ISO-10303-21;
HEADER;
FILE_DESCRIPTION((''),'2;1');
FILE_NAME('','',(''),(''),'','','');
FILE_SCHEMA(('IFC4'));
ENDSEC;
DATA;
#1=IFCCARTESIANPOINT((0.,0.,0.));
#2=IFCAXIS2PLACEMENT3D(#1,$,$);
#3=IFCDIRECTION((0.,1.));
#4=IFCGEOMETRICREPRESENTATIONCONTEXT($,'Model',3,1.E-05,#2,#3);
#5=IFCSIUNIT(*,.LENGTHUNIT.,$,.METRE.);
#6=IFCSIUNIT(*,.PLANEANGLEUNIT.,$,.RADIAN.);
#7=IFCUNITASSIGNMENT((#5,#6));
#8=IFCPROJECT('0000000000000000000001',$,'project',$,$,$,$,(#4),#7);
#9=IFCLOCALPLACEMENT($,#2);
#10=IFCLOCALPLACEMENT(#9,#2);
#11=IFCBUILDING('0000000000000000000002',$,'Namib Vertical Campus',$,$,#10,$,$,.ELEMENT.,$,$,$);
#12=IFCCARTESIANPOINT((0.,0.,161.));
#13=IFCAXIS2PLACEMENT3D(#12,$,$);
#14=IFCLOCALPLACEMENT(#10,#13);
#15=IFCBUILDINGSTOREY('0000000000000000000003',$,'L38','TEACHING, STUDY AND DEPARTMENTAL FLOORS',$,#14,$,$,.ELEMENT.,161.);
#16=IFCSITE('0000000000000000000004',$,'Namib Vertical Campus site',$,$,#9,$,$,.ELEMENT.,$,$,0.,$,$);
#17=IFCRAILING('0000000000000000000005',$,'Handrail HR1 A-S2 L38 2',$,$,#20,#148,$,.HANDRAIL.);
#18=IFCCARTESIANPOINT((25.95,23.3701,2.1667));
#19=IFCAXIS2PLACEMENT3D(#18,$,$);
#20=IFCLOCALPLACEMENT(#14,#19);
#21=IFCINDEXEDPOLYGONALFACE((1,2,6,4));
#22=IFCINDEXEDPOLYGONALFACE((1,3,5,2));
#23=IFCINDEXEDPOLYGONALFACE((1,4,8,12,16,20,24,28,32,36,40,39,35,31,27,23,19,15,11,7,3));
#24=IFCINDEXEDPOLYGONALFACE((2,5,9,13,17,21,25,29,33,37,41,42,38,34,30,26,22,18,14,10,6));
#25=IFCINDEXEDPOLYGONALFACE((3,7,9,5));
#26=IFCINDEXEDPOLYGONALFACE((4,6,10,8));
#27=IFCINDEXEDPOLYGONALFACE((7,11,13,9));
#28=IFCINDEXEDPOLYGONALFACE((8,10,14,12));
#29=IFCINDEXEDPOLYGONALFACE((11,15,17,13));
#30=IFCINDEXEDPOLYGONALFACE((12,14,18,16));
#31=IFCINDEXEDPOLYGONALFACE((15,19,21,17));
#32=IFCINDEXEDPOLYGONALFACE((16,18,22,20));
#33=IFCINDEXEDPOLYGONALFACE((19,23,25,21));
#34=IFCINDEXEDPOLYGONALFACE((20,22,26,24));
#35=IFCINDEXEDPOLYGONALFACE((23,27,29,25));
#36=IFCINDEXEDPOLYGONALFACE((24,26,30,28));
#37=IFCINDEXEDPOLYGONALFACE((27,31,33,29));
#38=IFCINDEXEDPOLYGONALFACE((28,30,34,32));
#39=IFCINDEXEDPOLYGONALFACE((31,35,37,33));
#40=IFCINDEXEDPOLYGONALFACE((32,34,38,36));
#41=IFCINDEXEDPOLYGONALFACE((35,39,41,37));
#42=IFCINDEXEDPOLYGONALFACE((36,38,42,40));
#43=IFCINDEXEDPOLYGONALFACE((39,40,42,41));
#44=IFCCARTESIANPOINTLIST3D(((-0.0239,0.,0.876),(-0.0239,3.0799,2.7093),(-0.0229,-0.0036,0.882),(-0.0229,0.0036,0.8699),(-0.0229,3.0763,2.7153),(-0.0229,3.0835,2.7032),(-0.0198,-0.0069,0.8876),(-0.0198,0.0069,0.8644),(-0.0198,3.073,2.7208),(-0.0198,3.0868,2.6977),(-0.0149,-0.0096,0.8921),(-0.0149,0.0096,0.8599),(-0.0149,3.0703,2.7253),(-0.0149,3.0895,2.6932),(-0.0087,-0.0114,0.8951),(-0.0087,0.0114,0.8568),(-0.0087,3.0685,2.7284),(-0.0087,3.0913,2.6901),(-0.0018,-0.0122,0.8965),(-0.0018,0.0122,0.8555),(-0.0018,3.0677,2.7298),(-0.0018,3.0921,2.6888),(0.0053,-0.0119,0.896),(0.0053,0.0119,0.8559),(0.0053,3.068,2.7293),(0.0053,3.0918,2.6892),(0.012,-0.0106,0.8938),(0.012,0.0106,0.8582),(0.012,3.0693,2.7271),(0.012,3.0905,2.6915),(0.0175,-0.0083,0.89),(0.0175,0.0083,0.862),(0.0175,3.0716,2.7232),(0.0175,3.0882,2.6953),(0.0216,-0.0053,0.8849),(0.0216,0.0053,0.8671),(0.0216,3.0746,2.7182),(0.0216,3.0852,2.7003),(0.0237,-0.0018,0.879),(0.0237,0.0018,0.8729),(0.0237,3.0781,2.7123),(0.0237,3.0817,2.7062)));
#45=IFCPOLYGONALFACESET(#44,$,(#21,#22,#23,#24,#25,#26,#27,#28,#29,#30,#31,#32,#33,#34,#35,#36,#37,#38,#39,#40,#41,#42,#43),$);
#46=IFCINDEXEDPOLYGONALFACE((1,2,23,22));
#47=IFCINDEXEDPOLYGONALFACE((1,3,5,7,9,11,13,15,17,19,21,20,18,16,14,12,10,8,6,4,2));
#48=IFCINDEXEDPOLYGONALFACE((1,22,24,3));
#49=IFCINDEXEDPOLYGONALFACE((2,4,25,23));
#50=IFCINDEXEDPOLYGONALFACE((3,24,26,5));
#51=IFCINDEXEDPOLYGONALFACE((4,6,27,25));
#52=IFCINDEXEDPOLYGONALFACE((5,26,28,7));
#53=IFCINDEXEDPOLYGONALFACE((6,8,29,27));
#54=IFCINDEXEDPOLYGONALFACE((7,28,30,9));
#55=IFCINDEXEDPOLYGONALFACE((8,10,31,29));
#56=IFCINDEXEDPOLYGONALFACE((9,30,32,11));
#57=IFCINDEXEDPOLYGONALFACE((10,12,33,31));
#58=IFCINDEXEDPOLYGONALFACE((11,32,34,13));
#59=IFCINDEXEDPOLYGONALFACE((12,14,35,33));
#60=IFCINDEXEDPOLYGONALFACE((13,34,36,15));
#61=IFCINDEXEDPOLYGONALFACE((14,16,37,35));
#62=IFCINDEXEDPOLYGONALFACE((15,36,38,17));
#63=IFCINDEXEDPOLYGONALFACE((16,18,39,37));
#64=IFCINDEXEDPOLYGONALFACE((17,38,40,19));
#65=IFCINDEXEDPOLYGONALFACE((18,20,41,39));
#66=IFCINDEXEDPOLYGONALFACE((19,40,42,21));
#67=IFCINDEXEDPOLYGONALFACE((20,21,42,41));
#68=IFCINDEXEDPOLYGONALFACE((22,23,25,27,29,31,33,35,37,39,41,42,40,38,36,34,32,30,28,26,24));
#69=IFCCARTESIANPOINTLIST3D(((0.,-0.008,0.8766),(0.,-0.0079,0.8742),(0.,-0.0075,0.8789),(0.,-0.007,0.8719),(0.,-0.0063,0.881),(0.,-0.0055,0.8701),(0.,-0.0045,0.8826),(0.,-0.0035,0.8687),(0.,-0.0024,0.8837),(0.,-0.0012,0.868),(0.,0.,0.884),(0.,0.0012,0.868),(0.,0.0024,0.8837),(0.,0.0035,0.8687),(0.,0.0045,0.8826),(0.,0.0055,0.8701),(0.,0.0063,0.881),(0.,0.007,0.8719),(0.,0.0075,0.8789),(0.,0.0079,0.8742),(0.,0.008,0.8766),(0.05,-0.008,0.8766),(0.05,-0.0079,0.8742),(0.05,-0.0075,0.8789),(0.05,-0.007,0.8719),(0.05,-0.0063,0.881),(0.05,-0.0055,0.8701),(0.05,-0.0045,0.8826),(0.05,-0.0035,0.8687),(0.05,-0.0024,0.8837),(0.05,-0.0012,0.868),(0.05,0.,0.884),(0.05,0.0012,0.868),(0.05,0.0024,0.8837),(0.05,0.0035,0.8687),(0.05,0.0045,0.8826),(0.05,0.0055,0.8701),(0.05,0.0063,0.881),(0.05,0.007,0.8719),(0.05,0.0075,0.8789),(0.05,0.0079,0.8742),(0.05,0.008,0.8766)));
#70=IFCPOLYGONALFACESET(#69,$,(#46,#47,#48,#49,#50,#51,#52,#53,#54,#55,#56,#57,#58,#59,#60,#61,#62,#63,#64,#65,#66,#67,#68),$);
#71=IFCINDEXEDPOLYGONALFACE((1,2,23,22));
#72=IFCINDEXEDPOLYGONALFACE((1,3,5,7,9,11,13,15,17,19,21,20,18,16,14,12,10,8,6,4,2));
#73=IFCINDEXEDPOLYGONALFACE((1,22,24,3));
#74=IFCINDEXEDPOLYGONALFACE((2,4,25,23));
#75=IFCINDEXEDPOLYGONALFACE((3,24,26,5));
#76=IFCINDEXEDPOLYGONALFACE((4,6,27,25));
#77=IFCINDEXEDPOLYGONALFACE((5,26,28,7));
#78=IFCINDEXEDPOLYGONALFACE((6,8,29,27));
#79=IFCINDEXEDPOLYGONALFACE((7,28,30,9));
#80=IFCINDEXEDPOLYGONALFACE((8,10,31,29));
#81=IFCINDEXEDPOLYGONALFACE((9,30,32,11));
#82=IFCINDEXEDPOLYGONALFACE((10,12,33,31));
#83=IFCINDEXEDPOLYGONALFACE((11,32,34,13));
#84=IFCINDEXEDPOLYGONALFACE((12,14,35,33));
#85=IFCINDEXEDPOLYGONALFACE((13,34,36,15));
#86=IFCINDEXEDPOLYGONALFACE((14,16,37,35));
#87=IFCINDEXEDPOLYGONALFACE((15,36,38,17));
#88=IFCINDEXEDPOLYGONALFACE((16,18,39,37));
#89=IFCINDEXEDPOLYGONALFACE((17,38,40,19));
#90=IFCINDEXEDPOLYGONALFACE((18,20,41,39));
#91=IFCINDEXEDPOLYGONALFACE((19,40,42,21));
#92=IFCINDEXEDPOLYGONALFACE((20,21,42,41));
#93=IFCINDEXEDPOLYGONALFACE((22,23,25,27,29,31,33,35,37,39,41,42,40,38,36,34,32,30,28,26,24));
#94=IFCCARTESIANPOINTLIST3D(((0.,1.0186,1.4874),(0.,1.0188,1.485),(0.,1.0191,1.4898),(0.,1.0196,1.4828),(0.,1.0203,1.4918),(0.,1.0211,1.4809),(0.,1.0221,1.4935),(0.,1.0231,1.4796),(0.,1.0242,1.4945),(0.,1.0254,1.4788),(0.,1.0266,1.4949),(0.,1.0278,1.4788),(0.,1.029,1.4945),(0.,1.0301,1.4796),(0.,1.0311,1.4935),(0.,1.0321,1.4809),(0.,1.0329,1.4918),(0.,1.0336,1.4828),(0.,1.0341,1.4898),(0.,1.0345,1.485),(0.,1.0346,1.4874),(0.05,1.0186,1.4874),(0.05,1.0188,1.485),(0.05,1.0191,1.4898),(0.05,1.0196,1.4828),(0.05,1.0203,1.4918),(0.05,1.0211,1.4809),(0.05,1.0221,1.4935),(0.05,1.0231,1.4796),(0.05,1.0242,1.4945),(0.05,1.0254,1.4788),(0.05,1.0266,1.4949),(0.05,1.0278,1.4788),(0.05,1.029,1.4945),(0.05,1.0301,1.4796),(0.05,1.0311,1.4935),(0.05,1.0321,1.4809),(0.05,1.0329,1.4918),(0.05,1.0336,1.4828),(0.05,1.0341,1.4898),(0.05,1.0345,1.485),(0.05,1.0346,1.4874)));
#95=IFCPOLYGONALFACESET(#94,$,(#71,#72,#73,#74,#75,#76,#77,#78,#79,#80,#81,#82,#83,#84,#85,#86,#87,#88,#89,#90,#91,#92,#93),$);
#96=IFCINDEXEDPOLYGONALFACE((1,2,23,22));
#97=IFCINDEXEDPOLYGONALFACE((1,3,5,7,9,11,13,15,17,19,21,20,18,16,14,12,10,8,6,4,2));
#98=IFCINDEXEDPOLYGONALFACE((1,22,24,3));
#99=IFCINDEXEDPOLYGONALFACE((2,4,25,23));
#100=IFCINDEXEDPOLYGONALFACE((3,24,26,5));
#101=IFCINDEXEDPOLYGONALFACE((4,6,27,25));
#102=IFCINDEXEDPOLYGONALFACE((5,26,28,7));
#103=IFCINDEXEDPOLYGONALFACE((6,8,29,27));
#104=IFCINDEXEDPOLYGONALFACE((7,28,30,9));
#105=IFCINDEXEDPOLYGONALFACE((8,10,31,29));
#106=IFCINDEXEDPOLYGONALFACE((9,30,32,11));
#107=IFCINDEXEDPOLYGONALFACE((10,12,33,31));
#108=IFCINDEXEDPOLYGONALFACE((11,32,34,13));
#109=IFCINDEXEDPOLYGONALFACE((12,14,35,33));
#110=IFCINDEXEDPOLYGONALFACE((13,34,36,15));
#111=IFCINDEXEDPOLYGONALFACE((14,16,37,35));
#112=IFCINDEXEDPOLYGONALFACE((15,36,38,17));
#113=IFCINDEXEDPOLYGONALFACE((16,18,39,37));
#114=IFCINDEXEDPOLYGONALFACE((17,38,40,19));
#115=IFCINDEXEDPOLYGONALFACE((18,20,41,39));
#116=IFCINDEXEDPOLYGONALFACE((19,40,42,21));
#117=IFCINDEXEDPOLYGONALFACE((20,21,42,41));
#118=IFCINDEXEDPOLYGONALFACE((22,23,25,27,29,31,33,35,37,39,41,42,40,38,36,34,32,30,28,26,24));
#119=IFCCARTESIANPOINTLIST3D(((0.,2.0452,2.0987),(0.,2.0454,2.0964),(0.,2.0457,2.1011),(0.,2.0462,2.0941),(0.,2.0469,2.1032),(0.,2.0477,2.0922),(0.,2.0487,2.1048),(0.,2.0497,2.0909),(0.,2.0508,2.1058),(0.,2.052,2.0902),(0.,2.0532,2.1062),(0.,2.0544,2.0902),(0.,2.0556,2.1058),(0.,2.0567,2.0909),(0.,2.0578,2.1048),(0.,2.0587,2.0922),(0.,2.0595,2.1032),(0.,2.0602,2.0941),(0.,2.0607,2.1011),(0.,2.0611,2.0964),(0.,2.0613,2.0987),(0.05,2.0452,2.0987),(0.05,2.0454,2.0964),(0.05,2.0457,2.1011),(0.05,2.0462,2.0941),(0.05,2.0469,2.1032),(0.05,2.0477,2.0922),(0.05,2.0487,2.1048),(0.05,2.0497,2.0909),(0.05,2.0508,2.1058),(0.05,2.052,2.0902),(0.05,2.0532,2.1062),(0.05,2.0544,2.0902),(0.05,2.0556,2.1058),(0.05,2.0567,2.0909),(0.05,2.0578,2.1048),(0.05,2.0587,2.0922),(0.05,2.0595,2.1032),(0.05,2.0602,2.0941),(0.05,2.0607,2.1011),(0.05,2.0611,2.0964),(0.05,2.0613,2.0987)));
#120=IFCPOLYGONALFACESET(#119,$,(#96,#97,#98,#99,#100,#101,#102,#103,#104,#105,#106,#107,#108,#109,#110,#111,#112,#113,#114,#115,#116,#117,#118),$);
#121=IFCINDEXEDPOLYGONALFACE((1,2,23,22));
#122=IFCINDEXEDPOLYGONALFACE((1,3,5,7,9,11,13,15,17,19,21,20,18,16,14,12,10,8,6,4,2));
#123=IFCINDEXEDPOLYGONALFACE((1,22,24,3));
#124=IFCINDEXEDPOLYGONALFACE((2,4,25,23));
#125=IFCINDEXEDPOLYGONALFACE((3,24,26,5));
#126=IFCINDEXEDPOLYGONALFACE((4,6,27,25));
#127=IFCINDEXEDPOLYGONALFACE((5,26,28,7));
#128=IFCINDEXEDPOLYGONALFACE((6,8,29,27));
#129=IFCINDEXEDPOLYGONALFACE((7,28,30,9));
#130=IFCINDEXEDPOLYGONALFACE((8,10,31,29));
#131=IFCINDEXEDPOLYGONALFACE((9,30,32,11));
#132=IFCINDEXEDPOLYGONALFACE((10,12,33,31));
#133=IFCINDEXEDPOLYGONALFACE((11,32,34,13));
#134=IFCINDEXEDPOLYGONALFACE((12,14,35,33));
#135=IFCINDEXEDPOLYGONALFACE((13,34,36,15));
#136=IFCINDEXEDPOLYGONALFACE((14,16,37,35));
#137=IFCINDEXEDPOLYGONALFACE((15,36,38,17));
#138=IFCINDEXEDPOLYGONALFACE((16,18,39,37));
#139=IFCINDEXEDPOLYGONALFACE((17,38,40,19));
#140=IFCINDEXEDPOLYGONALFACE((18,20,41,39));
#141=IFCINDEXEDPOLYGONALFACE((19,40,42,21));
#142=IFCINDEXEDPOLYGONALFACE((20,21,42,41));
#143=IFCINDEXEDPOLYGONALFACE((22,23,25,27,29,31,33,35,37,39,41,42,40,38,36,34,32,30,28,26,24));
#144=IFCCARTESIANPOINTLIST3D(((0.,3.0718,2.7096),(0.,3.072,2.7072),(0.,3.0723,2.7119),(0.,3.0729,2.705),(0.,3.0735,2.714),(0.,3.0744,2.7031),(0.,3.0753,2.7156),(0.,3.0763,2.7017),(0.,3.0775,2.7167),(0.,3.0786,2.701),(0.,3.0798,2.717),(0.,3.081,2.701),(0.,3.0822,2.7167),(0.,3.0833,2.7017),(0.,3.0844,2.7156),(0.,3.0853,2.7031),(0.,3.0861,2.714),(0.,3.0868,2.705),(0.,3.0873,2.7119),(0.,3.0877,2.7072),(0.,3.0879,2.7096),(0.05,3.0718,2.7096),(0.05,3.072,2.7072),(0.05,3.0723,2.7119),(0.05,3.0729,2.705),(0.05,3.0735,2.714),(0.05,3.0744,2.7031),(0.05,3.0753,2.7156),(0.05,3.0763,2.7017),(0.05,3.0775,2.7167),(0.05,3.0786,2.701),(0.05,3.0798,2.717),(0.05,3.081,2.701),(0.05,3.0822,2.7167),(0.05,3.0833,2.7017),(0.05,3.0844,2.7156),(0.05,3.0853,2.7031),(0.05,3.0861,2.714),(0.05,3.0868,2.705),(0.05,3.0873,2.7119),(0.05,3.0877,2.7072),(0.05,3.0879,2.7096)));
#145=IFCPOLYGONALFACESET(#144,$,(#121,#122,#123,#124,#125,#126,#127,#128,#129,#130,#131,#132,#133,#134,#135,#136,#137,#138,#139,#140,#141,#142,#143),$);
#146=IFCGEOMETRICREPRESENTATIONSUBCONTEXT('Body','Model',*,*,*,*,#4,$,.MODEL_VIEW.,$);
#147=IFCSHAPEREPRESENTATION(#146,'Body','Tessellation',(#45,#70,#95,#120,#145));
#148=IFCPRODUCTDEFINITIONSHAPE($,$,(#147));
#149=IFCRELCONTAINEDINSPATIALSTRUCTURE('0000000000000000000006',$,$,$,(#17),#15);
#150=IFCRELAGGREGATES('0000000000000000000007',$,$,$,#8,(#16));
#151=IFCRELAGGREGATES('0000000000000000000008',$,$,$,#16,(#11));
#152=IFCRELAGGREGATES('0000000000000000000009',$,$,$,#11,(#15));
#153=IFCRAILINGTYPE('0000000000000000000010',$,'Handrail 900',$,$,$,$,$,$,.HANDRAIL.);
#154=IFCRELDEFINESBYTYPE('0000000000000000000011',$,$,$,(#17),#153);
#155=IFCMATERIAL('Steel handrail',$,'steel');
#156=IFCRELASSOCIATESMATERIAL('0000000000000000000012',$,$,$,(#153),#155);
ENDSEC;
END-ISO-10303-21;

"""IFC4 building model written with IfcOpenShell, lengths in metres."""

from ifc_helpers import new_model, si_unit, direction, frame, origin, origin_2d, place, context, subcontext, project, spatial, circle, extrude, material, type_object, element, save


model = new_model("IFC4")

# Units and contexts
model_context = context("Model", 3, precision=1e-05, world=origin(), true_north=direction((0.0, 1.0)))
body_context = subcontext(model_context, "Body", "Model", "MODEL_VIEW")
ifc_project = project(units=[si_unit("LENGTHUNIT", "METRE"), si_unit("PLANEANGLEUNIT", "RADIAN")], contexts=[model_context])

# Site, building, storey
site_placement = place(None, origin())
site = spatial("IfcSite", under=ifc_project, at=site_placement, Name="Namib Vertical Campus site", CompositionType="ELEMENT", RefElevation=0.0)
building_placement = place(site_placement, origin())
building = spatial("IfcBuilding", under=site, at=building_placement, Name="Namib Vertical Campus", CompositionType="ELEMENT")
storey_placement = place(building_placement, frame((0.0, 0.0, 161.0)))
storey = spatial("IfcBuildingStorey", under=building, at=storey_placement, Name="L38", Description="TEACHING, STUDY AND DEPARTMENTAL FLOORS", CompositionType="ELEMENT", Elevation=161.0)

# Railing
ifc_material_1 = material(Name="Steel handrail", Category="steel")
railing_type_1 = type_object("IfcRailingType", Name="Handrail 900", PredefinedType="HANDRAIL", material=ifc_material_1)
railing_1_placement = place(storey_placement, frame((25.95, 23.3701, 2.1667)))
element("IfcRailing", 1, at=railing_1_placement, inside=storey, type_object=railing_type_1, Name="Handrail HR1 A-S2 L38 2", PredefinedType="HANDRAIL", context=body_context, shape_type="SweptSolid", body=[
    extrude(circle(Radius=0.0239, at=origin_2d()), frame((0.0, 0.0, 0.876), z_axis=(0.0, 0.859291, 0.511487), x_axis=(-1.0, 0.0, 0.0)), (0.0, 0.0, 1.0), 3.5842),
    extrude(circle(Radius=0.0081, at=origin_2d()), frame((0.0, 0.0, 0.876), z_axis=(1.0, 0.0, 0.0), x_axis=(0.0, 0.0, 1.0)), (0.0, 0.0, 1.0), 0.05),
    extrude(circle(Radius=0.0081, at=origin_2d()), frame((0.0, 1.0266, 1.4868), z_axis=(1.0, 0.0, 0.0), x_axis=(0.0, 0.0, 1.0)), (0.0, 0.0, 1.0), 0.05),
    extrude(circle(Radius=0.0081, at=origin_2d()), frame((0.0, 2.0532, 2.0981), z_axis=(1.0, 0.0, 0.0), x_axis=(0.0, 0.0, 1.0)), (0.0, 0.0, 1.0), 0.05),
    extrude(circle(Radius=0.0081, at=origin_2d()), frame((0.0, 3.0798, 2.709), z_axis=(1.0, 0.0, 0.0), x_axis=(0.0, 0.0, 1.0)), (0.0, 0.0, 1.0), 0.05),
])

save(model, "model.ifc")
